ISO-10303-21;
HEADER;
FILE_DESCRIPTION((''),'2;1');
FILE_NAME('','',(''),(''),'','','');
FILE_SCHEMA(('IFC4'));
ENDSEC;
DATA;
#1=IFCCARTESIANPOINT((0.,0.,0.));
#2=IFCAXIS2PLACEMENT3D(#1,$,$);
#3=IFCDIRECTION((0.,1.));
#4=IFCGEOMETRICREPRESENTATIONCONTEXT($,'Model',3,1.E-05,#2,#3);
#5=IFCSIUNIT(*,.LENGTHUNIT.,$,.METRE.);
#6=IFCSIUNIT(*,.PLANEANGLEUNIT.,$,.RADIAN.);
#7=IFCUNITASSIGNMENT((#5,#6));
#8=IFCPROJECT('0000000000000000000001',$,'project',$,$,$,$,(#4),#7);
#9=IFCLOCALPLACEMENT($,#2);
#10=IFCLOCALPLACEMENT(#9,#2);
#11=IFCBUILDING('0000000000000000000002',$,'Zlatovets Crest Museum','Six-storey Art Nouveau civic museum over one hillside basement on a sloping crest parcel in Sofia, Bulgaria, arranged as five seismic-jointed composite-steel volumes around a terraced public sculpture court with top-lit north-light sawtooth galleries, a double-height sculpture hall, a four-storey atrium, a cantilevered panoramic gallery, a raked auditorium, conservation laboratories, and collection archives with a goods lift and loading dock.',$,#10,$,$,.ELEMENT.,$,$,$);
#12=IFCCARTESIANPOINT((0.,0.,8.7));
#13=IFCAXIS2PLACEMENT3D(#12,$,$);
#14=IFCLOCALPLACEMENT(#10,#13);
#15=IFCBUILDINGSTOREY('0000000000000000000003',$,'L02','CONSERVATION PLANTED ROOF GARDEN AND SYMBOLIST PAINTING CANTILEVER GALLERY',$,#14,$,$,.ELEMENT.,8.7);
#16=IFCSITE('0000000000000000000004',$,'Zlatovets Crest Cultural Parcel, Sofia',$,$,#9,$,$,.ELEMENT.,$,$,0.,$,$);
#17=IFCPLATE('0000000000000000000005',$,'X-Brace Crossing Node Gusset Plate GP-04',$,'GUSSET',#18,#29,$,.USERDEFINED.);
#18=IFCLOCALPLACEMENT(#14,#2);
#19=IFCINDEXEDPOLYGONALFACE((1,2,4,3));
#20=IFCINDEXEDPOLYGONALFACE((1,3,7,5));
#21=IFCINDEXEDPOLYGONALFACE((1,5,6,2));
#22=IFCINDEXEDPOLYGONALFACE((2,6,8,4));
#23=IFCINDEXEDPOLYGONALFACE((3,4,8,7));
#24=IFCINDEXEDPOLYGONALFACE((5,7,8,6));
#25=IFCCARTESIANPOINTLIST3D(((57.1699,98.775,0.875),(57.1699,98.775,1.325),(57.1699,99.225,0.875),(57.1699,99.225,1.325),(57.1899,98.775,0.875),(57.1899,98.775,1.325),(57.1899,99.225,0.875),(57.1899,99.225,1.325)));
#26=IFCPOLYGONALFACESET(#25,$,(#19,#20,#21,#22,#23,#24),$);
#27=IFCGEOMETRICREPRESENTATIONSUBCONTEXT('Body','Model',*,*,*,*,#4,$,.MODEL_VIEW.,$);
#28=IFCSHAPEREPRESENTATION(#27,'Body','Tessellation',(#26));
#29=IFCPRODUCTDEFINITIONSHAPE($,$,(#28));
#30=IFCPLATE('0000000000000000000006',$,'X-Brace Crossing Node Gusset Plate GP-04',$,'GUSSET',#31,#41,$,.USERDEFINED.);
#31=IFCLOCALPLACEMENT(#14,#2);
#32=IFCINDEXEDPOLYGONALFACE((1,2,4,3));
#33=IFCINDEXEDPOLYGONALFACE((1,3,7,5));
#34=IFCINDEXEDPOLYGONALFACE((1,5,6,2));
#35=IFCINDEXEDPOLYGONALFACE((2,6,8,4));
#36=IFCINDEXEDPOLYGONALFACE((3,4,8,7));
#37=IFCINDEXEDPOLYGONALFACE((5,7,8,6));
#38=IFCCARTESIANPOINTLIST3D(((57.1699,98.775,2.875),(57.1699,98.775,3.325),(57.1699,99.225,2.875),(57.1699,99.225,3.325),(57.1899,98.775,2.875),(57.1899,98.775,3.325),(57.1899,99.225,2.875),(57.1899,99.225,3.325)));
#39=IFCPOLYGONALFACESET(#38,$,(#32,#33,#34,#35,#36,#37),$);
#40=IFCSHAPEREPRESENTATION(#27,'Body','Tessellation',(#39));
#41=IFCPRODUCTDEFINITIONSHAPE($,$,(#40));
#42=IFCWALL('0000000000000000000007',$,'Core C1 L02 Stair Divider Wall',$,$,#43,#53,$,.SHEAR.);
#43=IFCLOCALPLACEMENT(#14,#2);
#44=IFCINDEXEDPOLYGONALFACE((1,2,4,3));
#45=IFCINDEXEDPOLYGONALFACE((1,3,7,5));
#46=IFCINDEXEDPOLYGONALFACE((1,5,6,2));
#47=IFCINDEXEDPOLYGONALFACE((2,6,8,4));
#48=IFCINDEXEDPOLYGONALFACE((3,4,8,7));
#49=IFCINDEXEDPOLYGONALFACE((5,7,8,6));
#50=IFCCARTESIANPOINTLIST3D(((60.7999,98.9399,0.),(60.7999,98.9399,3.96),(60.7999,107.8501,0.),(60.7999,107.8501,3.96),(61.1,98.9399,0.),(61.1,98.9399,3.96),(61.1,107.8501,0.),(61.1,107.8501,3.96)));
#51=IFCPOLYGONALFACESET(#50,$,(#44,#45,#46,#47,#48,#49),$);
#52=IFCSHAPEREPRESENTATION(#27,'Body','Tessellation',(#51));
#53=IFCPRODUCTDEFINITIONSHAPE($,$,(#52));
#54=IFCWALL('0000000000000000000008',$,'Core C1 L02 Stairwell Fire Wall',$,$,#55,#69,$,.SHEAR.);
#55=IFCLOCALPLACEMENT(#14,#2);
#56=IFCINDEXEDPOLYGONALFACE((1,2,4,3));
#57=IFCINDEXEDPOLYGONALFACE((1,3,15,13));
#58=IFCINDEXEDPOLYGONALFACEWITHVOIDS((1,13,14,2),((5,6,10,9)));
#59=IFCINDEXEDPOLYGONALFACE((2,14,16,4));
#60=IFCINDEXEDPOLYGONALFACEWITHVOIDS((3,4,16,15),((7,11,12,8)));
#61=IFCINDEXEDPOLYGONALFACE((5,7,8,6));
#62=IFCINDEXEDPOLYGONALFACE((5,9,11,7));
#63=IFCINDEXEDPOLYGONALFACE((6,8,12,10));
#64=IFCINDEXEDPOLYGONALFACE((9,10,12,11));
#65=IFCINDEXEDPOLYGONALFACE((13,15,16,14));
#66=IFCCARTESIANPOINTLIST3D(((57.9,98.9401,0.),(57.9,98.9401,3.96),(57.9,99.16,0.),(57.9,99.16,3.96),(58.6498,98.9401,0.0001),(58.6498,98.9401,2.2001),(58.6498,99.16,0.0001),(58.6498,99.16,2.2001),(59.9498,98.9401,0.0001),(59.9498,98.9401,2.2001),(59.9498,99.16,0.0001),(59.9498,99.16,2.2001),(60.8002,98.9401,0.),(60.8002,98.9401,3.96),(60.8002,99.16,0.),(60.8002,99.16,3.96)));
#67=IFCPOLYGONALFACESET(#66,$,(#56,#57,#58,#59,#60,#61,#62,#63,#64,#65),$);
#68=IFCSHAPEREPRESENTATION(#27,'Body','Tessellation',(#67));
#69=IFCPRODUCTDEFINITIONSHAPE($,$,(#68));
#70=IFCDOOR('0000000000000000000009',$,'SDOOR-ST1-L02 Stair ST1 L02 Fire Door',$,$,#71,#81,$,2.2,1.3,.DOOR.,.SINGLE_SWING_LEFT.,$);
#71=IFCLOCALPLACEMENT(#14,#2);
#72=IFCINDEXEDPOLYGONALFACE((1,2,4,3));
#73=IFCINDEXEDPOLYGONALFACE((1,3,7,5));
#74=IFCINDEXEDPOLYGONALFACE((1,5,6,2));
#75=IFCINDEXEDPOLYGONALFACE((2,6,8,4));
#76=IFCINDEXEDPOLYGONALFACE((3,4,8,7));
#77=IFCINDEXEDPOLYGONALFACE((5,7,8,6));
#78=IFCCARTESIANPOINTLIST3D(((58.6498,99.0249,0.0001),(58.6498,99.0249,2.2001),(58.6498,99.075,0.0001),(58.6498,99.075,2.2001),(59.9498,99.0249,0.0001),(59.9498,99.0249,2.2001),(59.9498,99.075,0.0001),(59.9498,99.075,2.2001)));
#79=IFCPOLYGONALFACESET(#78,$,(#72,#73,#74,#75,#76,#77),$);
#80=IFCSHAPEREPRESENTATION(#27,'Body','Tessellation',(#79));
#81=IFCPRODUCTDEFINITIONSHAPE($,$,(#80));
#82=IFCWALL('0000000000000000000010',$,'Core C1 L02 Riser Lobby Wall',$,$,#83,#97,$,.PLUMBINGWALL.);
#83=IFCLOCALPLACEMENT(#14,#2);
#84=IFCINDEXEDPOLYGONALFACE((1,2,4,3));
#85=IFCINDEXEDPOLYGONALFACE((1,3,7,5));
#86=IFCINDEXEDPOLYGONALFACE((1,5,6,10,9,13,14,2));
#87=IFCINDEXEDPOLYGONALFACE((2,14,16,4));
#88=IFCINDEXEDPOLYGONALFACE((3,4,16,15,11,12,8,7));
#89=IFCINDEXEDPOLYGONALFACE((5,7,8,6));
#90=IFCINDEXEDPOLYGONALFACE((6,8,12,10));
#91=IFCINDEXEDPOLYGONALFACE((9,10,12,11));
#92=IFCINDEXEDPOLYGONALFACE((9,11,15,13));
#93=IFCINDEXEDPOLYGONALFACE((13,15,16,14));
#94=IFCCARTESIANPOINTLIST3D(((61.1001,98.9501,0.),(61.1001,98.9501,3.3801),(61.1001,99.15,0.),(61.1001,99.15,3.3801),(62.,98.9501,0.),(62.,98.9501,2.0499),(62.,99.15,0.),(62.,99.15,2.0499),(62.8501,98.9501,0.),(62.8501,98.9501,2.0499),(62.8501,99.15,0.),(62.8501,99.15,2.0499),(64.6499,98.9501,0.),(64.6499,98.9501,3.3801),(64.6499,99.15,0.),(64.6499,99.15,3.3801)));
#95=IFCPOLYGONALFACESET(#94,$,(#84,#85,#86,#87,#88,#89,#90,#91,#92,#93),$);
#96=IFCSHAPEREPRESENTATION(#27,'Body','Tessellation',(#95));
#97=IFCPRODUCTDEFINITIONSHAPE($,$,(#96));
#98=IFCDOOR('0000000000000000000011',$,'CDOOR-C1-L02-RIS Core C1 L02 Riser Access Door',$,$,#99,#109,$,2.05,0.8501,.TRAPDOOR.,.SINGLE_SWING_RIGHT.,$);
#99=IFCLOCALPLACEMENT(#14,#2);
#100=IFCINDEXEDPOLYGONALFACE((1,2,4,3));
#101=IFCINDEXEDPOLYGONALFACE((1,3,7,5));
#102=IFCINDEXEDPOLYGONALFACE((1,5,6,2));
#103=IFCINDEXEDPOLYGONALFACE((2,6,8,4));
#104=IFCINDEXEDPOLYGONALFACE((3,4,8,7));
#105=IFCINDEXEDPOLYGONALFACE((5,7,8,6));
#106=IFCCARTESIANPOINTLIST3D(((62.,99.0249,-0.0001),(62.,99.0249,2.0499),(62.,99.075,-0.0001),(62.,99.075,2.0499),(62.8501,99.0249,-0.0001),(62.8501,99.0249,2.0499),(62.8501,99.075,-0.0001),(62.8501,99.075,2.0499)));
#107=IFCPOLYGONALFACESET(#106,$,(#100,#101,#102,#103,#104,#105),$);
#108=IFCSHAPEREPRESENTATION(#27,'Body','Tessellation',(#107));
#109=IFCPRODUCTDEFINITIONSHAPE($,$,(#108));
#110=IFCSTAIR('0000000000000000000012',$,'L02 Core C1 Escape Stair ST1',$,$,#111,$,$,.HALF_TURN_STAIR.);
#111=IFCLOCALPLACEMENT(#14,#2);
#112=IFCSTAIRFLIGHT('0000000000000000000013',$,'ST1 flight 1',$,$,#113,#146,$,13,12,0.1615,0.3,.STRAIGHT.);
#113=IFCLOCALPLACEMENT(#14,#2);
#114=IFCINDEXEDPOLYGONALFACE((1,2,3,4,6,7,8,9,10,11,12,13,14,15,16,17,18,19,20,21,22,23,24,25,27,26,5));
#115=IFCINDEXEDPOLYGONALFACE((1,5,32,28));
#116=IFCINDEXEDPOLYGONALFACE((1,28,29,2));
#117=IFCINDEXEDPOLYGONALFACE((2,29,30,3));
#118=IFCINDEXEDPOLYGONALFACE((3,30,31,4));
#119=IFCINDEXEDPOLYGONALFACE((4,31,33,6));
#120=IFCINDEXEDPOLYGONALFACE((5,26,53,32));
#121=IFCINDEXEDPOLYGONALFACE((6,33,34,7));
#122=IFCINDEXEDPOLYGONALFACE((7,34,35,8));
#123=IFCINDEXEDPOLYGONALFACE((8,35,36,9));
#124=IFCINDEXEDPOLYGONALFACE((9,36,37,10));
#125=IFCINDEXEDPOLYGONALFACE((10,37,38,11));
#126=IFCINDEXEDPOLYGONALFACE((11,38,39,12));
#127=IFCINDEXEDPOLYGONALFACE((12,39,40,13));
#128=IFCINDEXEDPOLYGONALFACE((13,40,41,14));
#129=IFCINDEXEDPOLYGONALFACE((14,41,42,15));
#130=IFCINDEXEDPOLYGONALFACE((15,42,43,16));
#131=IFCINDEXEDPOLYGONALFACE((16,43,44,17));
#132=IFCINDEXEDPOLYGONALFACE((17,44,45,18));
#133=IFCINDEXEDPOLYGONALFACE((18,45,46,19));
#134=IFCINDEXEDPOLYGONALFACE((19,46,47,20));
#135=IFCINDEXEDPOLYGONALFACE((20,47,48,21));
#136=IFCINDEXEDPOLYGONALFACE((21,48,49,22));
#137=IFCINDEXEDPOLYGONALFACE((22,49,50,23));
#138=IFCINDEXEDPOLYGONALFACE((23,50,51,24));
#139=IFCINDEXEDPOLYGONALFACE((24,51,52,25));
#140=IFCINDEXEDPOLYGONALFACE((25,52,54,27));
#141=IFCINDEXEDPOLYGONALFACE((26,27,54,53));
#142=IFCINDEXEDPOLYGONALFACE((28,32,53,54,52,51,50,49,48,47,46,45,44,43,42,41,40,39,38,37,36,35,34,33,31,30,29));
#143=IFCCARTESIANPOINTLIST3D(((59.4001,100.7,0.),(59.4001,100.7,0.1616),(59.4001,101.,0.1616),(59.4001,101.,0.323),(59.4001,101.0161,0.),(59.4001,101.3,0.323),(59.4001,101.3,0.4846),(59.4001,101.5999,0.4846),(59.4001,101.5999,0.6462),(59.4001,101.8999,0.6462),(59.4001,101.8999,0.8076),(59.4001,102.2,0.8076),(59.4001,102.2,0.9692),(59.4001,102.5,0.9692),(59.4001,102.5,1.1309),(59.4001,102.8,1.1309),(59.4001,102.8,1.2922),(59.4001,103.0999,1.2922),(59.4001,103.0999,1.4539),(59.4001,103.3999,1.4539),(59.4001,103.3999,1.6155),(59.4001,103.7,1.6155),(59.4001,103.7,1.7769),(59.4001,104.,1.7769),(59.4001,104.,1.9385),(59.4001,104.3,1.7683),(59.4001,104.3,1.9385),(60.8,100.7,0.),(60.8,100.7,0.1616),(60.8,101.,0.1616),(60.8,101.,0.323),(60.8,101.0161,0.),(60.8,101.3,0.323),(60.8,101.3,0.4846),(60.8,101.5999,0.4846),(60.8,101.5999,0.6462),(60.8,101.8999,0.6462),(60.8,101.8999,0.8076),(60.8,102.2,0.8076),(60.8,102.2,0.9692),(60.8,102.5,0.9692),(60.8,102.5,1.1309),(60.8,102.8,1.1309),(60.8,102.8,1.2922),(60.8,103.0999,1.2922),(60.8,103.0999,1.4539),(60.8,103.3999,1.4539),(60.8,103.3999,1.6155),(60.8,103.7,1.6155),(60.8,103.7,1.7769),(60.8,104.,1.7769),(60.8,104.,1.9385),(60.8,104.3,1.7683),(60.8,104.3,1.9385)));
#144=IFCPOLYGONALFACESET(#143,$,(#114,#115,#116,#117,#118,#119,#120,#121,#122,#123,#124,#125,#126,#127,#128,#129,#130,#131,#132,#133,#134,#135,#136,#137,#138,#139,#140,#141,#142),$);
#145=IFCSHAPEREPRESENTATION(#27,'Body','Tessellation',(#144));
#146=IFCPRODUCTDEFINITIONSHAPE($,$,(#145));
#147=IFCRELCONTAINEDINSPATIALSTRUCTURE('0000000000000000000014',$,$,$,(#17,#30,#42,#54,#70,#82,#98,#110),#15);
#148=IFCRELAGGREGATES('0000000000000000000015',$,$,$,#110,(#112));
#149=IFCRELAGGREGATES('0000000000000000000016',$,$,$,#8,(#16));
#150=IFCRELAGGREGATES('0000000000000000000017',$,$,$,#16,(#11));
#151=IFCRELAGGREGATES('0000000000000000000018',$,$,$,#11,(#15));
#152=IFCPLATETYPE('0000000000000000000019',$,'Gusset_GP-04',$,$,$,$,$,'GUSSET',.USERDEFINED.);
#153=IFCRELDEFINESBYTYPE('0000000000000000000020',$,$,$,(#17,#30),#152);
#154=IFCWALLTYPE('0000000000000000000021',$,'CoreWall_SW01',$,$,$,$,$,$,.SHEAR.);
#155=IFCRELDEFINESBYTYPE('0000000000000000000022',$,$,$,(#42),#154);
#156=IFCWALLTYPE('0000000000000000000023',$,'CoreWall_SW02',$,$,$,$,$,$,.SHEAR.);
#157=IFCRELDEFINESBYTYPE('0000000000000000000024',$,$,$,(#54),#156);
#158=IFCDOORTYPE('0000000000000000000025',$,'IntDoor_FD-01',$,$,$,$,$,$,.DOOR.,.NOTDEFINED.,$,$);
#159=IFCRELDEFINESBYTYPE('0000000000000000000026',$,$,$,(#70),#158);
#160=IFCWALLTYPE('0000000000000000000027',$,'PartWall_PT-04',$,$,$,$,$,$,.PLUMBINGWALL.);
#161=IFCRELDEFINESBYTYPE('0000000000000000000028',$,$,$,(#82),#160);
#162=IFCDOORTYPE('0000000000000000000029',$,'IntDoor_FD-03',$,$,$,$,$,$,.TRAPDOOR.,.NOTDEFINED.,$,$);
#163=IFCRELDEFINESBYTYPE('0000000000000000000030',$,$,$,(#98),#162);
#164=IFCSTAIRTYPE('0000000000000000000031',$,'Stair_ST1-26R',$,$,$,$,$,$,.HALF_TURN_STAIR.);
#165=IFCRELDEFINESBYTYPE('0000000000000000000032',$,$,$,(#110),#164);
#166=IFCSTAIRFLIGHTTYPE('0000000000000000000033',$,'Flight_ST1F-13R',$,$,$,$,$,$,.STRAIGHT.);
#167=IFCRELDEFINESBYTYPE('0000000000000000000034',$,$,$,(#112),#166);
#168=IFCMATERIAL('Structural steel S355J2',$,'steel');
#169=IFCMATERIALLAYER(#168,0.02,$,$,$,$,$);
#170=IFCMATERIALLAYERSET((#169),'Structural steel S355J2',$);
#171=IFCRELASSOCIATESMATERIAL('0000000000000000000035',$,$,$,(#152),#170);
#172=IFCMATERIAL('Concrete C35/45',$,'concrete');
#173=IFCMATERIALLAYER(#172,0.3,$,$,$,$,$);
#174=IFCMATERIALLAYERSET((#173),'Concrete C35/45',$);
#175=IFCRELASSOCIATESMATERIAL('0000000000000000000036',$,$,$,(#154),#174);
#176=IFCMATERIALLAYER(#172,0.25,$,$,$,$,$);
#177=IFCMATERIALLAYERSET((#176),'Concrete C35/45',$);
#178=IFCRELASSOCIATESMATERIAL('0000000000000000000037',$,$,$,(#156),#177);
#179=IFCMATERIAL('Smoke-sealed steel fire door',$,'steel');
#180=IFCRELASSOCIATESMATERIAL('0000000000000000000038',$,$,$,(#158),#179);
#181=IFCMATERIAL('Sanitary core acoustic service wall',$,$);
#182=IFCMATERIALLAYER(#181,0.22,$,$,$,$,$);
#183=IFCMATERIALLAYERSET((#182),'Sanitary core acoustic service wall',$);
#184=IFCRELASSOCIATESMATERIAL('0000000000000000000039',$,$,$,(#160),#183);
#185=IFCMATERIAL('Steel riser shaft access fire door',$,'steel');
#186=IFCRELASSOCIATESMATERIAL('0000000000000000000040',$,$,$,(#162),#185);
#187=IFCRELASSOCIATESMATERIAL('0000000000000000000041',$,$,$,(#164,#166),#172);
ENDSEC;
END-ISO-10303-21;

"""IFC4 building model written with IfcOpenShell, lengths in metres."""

from ifc_helpers import new_model, si_unit, direction, frame, frame_2d, origin, origin_2d, place, context, subcontext, project, spatial, polyline, rectangle, outline, extrude, material, layer, layer_set, type_object, element, fill, aggregate, save


model = new_model("IFC4")

# Units and contexts
model_context = context("Model", 3, precision=1e-05, world=origin(), true_north=direction((0.0, 1.0)))
body_context = subcontext(model_context, "Body", "Model", "MODEL_VIEW")
ifc_project = project(units=[si_unit("LENGTHUNIT", "METRE"), si_unit("PLANEANGLEUNIT", "RADIAN")], contexts=[model_context])

# Site, building, storey
site_placement = place(None, origin())
site = spatial("IfcSite", under=ifc_project, at=site_placement, Name="Zlatovets Crest Cultural Parcel, Sofia", CompositionType="ELEMENT", RefElevation=0.0)
building_placement = place(site_placement, origin())
building = spatial("IfcBuilding", under=site, at=building_placement, Name="Zlatovets Crest Museum", Description="Six-storey Art Nouveau civic museum over one hillside basement on a sloping crest parcel in Sofia, Bulgaria, arranged as five seismic-jointed composite-steel volumes around a terraced public sculpture court with top-lit north-light sawtooth galleries, a double-height sculpture hall, a four-storey atrium, a cantilevered panoramic gallery, a raked auditorium, conservation laboratories, and collection archives with a goods lift and loading dock.", CompositionType="ELEMENT")
storey_placement = place(building_placement, frame((0.0, 0.0, 8.7)))
storey = spatial("IfcBuildingStorey", under=building, at=storey_placement, Name="L02", Description="CONSERVATION PLANTED ROOF GARDEN AND SYMBOLIST PAINTING CANTILEVER GALLERY", CompositionType="ELEMENT", Elevation=8.7)

# Shared definitions
ifc_material_1 = material(Name="Structural steel S355J2", Category="steel")

# Plates
ifc_layer_1 = layer(ifc_material_1, 0.02)
ifc_layer_set_1 = layer_set([ifc_layer_1], Name="Structural steel S355J2")
plate_type_1 = type_object("IfcPlateType", Name="Gusset_GP-04", ElementType="GUSSET", PredefinedType="USERDEFINED", material=ifc_layer_set_1)
for number, where, z_axis, x_axis, name in (
    (1, (57.1799, 99.0, 0.875), (0.0, 0.0, 1.0), (1.0, 0.0, 0.0), "X-Brace Crossing Node Gusset Plate GP-04"),
    (2, (57.1799, 99.0, 2.875), (0.0, 0.0, 1.0), (1.0, 0.0, 0.0), "X-Brace Crossing Node Gusset Plate GP-04"),
):
    element("IfcPlate", number, at=place(storey_placement, frame(where, z_axis=z_axis, x_axis=x_axis)), inside=storey, type_object=plate_type_1, Name=name, ObjectType="GUSSET", PredefinedType="USERDEFINED", context=body_context, shape_type="SweptSolid", body=[
        extrude(rectangle(XDim=0.02, YDim=0.45, at=origin_2d()), origin(), (0.0, 0.0, 1.0), 0.45),
    ])

# Wall
ifc_material_2 = material(Name="Concrete C35/45", Category="concrete")
ifc_layer_2 = layer(ifc_material_2, 0.3)
ifc_layer_set_2 = layer_set([ifc_layer_2], Name="Concrete C35/45")
wall_type_1 = type_object("IfcWallType", Name="CoreWall_SW01", PredefinedType="SHEAR", material=ifc_layer_set_2)
wall_1_placement = place(storey_placement, frame((60.95, 98.9399, 0.0), z_axis=(0.0, 0.0, 1.0), x_axis=(0.0, 1.0, 0.0)))
element("IfcWall", 3, at=wall_1_placement, inside=storey, type_object=wall_type_1, Name="Core C1 L02 Stair Divider Wall", PredefinedType="SHEAR", context=body_context, shape_type="SweptSolid", body=[
    extrude(rectangle(XDim=8.9102, YDim=0.3, at=frame_2d((4.4551, 0.0))), origin(), (0.0, 0.0, 1.0), 3.96),
])

# Walls, openings, doors
ifc_layer_3 = layer(ifc_material_2, 0.25)
ifc_layer_set_3 = layer_set([ifc_layer_3], Name="Concrete C35/45")
wall_type_2 = type_object("IfcWallType", Name="CoreWall_SW02", PredefinedType="SHEAR", material=ifc_layer_set_3)
wall_2_placement = place(storey_placement, frame((57.8999, 99.05, 0.0), z_axis=(0.0, 0.0, 1.0), x_axis=(1.0, 0.0, 0.0)))
wall_2 = element("IfcWall", 4, at=wall_2_placement, inside=storey, type_object=wall_type_2, Name="Core C1 L02 Stairwell Fire Wall", PredefinedType="SHEAR", context=body_context, shape_type="SweptSolid", body=[
    extrude(rectangle(XDim=2.9001, YDim=0.22, at=frame_2d((1.4502, 0.0))), origin(), (0.0, 0.0, 1.0), 3.96),
])
opening_1_placement = place(wall_2_placement, frame((0.75, 0.0, 0.0)))
opening_1 = element("IfcOpeningElement", 5, at=opening_1_placement, cuts=wall_2, PredefinedType="OPENING", context=body_context, shape_type="SweptSolid", body=[
    extrude(rectangle(XDim=1.3, YDim=2.2, at=frame_2d((0.6499, 1.1001))), frame((0.0, 0.1201, 0.0), z_axis=(0.0, -1.0, 0.0), x_axis=(1.0, 0.0, 0.0)), (0.0, 0.0, 1.0), 0.24),
])
ifc_material_3 = material(Name="Smoke-sealed steel fire door", Category="steel")
door_type_1 = type_object("IfcDoorType", Name="IntDoor_FD-01", OperationType="NOTDEFINED", PredefinedType="DOOR", material=ifc_material_3)
door_1_placement = place(opening_1_placement, origin())
door_1 = element("IfcDoor", 6, at=door_1_placement, inside=storey, type_object=door_type_1, Name="SDOOR-ST1-L02 Stair ST1 L02 Fire Door", OperationType="SINGLE_SWING_LEFT", OverallHeight=2.2, OverallWidth=1.3, PredefinedType="DOOR", context=body_context, shape_type="SweptSolid", body=[
    extrude(rectangle(XDim=1.3, YDim=2.2, at=frame_2d((0.6499, 1.1001))), frame((0.0, 0.0249, 0.0), z_axis=(0.0, -1.0, 0.0), x_axis=(1.0, 0.0, 0.0)), (0.0, 0.0, 1.0), 0.05),
])
fill(opening_1, door_1)
ifc_material_4 = material(Name="Sanitary core acoustic service wall")
ifc_layer_4 = layer(ifc_material_4, 0.22)
ifc_layer_set_4 = layer_set([ifc_layer_4], Name="Sanitary core acoustic service wall")
wall_type_3 = type_object("IfcWallType", Name="PartWall_PT-04", PredefinedType="PLUMBINGWALL", material=ifc_layer_set_4)
wall_3_placement = place(storey_placement, frame((61.1001, 99.05, 0.0), z_axis=(0.0, 0.0, 1.0), x_axis=(1.0, 0.0, 0.0)))
wall_3 = element("IfcWall", 7, at=wall_3_placement, inside=storey, type_object=wall_type_3, Name="Core C1 L02 Riser Lobby Wall", PredefinedType="PLUMBINGWALL", context=body_context, shape_type="SweptSolid", body=[
    extrude(rectangle(XDim=3.5498, YDim=0.2, at=frame_2d((1.7749, 0.0))), origin(), (0.0, 0.0, 1.0), 3.3801),
])
opening_2_placement = place(wall_3_placement, frame((0.8999, 0.0, 0.0)))
opening_2 = element("IfcOpeningElement", 8, at=opening_2_placement, cuts=wall_3, PredefinedType="OPENING", context=body_context, shape_type="SweptSolid", body=[
    extrude(rectangle(XDim=0.8501, YDim=2.05, at=frame_2d((0.425, 1.0249))), frame((0.0, 0.1099, 0.0), z_axis=(0.0, -1.0, 0.0), x_axis=(1.0, 0.0, 0.0)), (0.0, 0.0, 1.0), 0.22),
])
ifc_material_5 = material(Name="Steel riser shaft access fire door", Category="steel")
door_type_2 = type_object("IfcDoorType", Name="IntDoor_FD-03", OperationType="NOTDEFINED", PredefinedType="TRAPDOOR", material=ifc_material_5)
door_2_placement = place(opening_2_placement, origin())
door_2 = element("IfcDoor", 9, at=door_2_placement, inside=storey, type_object=door_type_2, Name="CDOOR-C1-L02-RIS Core C1 L02 Riser Access Door", OperationType="SINGLE_SWING_RIGHT", OverallHeight=2.05, OverallWidth=0.8501, PredefinedType="TRAPDOOR", context=body_context, shape_type="SweptSolid", body=[
    extrude(rectangle(XDim=0.8501, YDim=2.05, at=frame_2d((0.425, 1.0249))), frame((0.0, 0.0249, 0.0), z_axis=(0.0, -1.0, 0.0), x_axis=(1.0, 0.0, 0.0)), (0.0, 0.0, 1.0), 0.05),
])
fill(opening_2, door_2)

# Stair, stair flight
stair_type = type_object("IfcStairType", Name="Stair_ST1-26R", PredefinedType="HALF_TURN_STAIR", material=ifc_material_2)
stair_placement = place(storey_placement, origin())
stair = element("IfcStair", 10, at=stair_placement, inside=storey, type_object=stair_type, Name="L02 Core C1 Escape Stair ST1", PredefinedType="HALF_TURN_STAIR")
stair_flight_type = type_object("IfcStairFlightType", Name="Flight_ST1F-13R", PredefinedType="STRAIGHT", material=ifc_material_2)
stair_flight_placement = place(storey_placement, frame((60.1001, 100.7, 0.0), z_axis=(0.0, 0.0, 1.0), x_axis=(0.0, 1.0, 0.0)))
stair_flight = element("IfcStairFlight", 11, at=stair_flight_placement, type_object=stair_flight_type, Name="ST1 flight 1", NumberOfRisers=13, NumberOfTreads=12, PredefinedType="STRAIGHT", RiserHeight=0.1615, TreadLength=0.3, context=body_context, shape_type="SweptSolid", body=[
    extrude(outline(polyline([(0.0, 0.0), (0.0, 0.1616), (0.3, 0.1616), (0.3, 0.323), (0.6001, 0.323), (0.6001, 0.4846), (0.8999, 0.4846), (0.8999, 0.6462), (1.2, 0.6462), (1.2, 0.8076), (1.5, 0.8076), (1.5, 0.9692), (1.8, 0.9692), (1.8, 1.1309), (2.1001, 1.1309), (2.1001, 1.2922), (2.3999, 1.2922), (2.3999, 1.4539), (2.7, 1.4539), (2.7, 1.6155), (3.0, 1.6155), (3.0, 1.7769), (3.3, 1.7769), (3.3, 1.9385), (3.6001, 1.9385), (3.6001, 2.1001), (3.6001, 1.7683), (0.3162, 0.0), (0.0, 0.0)])), frame((0.0, 0.7, 0.0), z_axis=(0.0, -1.0, 0.0), x_axis=(1.0, 0.0, 0.0)), (0.0, 0.0, 1.0), 1.3999),
])
aggregate(stair, [stair_flight])

save(model, "model.ifc")
